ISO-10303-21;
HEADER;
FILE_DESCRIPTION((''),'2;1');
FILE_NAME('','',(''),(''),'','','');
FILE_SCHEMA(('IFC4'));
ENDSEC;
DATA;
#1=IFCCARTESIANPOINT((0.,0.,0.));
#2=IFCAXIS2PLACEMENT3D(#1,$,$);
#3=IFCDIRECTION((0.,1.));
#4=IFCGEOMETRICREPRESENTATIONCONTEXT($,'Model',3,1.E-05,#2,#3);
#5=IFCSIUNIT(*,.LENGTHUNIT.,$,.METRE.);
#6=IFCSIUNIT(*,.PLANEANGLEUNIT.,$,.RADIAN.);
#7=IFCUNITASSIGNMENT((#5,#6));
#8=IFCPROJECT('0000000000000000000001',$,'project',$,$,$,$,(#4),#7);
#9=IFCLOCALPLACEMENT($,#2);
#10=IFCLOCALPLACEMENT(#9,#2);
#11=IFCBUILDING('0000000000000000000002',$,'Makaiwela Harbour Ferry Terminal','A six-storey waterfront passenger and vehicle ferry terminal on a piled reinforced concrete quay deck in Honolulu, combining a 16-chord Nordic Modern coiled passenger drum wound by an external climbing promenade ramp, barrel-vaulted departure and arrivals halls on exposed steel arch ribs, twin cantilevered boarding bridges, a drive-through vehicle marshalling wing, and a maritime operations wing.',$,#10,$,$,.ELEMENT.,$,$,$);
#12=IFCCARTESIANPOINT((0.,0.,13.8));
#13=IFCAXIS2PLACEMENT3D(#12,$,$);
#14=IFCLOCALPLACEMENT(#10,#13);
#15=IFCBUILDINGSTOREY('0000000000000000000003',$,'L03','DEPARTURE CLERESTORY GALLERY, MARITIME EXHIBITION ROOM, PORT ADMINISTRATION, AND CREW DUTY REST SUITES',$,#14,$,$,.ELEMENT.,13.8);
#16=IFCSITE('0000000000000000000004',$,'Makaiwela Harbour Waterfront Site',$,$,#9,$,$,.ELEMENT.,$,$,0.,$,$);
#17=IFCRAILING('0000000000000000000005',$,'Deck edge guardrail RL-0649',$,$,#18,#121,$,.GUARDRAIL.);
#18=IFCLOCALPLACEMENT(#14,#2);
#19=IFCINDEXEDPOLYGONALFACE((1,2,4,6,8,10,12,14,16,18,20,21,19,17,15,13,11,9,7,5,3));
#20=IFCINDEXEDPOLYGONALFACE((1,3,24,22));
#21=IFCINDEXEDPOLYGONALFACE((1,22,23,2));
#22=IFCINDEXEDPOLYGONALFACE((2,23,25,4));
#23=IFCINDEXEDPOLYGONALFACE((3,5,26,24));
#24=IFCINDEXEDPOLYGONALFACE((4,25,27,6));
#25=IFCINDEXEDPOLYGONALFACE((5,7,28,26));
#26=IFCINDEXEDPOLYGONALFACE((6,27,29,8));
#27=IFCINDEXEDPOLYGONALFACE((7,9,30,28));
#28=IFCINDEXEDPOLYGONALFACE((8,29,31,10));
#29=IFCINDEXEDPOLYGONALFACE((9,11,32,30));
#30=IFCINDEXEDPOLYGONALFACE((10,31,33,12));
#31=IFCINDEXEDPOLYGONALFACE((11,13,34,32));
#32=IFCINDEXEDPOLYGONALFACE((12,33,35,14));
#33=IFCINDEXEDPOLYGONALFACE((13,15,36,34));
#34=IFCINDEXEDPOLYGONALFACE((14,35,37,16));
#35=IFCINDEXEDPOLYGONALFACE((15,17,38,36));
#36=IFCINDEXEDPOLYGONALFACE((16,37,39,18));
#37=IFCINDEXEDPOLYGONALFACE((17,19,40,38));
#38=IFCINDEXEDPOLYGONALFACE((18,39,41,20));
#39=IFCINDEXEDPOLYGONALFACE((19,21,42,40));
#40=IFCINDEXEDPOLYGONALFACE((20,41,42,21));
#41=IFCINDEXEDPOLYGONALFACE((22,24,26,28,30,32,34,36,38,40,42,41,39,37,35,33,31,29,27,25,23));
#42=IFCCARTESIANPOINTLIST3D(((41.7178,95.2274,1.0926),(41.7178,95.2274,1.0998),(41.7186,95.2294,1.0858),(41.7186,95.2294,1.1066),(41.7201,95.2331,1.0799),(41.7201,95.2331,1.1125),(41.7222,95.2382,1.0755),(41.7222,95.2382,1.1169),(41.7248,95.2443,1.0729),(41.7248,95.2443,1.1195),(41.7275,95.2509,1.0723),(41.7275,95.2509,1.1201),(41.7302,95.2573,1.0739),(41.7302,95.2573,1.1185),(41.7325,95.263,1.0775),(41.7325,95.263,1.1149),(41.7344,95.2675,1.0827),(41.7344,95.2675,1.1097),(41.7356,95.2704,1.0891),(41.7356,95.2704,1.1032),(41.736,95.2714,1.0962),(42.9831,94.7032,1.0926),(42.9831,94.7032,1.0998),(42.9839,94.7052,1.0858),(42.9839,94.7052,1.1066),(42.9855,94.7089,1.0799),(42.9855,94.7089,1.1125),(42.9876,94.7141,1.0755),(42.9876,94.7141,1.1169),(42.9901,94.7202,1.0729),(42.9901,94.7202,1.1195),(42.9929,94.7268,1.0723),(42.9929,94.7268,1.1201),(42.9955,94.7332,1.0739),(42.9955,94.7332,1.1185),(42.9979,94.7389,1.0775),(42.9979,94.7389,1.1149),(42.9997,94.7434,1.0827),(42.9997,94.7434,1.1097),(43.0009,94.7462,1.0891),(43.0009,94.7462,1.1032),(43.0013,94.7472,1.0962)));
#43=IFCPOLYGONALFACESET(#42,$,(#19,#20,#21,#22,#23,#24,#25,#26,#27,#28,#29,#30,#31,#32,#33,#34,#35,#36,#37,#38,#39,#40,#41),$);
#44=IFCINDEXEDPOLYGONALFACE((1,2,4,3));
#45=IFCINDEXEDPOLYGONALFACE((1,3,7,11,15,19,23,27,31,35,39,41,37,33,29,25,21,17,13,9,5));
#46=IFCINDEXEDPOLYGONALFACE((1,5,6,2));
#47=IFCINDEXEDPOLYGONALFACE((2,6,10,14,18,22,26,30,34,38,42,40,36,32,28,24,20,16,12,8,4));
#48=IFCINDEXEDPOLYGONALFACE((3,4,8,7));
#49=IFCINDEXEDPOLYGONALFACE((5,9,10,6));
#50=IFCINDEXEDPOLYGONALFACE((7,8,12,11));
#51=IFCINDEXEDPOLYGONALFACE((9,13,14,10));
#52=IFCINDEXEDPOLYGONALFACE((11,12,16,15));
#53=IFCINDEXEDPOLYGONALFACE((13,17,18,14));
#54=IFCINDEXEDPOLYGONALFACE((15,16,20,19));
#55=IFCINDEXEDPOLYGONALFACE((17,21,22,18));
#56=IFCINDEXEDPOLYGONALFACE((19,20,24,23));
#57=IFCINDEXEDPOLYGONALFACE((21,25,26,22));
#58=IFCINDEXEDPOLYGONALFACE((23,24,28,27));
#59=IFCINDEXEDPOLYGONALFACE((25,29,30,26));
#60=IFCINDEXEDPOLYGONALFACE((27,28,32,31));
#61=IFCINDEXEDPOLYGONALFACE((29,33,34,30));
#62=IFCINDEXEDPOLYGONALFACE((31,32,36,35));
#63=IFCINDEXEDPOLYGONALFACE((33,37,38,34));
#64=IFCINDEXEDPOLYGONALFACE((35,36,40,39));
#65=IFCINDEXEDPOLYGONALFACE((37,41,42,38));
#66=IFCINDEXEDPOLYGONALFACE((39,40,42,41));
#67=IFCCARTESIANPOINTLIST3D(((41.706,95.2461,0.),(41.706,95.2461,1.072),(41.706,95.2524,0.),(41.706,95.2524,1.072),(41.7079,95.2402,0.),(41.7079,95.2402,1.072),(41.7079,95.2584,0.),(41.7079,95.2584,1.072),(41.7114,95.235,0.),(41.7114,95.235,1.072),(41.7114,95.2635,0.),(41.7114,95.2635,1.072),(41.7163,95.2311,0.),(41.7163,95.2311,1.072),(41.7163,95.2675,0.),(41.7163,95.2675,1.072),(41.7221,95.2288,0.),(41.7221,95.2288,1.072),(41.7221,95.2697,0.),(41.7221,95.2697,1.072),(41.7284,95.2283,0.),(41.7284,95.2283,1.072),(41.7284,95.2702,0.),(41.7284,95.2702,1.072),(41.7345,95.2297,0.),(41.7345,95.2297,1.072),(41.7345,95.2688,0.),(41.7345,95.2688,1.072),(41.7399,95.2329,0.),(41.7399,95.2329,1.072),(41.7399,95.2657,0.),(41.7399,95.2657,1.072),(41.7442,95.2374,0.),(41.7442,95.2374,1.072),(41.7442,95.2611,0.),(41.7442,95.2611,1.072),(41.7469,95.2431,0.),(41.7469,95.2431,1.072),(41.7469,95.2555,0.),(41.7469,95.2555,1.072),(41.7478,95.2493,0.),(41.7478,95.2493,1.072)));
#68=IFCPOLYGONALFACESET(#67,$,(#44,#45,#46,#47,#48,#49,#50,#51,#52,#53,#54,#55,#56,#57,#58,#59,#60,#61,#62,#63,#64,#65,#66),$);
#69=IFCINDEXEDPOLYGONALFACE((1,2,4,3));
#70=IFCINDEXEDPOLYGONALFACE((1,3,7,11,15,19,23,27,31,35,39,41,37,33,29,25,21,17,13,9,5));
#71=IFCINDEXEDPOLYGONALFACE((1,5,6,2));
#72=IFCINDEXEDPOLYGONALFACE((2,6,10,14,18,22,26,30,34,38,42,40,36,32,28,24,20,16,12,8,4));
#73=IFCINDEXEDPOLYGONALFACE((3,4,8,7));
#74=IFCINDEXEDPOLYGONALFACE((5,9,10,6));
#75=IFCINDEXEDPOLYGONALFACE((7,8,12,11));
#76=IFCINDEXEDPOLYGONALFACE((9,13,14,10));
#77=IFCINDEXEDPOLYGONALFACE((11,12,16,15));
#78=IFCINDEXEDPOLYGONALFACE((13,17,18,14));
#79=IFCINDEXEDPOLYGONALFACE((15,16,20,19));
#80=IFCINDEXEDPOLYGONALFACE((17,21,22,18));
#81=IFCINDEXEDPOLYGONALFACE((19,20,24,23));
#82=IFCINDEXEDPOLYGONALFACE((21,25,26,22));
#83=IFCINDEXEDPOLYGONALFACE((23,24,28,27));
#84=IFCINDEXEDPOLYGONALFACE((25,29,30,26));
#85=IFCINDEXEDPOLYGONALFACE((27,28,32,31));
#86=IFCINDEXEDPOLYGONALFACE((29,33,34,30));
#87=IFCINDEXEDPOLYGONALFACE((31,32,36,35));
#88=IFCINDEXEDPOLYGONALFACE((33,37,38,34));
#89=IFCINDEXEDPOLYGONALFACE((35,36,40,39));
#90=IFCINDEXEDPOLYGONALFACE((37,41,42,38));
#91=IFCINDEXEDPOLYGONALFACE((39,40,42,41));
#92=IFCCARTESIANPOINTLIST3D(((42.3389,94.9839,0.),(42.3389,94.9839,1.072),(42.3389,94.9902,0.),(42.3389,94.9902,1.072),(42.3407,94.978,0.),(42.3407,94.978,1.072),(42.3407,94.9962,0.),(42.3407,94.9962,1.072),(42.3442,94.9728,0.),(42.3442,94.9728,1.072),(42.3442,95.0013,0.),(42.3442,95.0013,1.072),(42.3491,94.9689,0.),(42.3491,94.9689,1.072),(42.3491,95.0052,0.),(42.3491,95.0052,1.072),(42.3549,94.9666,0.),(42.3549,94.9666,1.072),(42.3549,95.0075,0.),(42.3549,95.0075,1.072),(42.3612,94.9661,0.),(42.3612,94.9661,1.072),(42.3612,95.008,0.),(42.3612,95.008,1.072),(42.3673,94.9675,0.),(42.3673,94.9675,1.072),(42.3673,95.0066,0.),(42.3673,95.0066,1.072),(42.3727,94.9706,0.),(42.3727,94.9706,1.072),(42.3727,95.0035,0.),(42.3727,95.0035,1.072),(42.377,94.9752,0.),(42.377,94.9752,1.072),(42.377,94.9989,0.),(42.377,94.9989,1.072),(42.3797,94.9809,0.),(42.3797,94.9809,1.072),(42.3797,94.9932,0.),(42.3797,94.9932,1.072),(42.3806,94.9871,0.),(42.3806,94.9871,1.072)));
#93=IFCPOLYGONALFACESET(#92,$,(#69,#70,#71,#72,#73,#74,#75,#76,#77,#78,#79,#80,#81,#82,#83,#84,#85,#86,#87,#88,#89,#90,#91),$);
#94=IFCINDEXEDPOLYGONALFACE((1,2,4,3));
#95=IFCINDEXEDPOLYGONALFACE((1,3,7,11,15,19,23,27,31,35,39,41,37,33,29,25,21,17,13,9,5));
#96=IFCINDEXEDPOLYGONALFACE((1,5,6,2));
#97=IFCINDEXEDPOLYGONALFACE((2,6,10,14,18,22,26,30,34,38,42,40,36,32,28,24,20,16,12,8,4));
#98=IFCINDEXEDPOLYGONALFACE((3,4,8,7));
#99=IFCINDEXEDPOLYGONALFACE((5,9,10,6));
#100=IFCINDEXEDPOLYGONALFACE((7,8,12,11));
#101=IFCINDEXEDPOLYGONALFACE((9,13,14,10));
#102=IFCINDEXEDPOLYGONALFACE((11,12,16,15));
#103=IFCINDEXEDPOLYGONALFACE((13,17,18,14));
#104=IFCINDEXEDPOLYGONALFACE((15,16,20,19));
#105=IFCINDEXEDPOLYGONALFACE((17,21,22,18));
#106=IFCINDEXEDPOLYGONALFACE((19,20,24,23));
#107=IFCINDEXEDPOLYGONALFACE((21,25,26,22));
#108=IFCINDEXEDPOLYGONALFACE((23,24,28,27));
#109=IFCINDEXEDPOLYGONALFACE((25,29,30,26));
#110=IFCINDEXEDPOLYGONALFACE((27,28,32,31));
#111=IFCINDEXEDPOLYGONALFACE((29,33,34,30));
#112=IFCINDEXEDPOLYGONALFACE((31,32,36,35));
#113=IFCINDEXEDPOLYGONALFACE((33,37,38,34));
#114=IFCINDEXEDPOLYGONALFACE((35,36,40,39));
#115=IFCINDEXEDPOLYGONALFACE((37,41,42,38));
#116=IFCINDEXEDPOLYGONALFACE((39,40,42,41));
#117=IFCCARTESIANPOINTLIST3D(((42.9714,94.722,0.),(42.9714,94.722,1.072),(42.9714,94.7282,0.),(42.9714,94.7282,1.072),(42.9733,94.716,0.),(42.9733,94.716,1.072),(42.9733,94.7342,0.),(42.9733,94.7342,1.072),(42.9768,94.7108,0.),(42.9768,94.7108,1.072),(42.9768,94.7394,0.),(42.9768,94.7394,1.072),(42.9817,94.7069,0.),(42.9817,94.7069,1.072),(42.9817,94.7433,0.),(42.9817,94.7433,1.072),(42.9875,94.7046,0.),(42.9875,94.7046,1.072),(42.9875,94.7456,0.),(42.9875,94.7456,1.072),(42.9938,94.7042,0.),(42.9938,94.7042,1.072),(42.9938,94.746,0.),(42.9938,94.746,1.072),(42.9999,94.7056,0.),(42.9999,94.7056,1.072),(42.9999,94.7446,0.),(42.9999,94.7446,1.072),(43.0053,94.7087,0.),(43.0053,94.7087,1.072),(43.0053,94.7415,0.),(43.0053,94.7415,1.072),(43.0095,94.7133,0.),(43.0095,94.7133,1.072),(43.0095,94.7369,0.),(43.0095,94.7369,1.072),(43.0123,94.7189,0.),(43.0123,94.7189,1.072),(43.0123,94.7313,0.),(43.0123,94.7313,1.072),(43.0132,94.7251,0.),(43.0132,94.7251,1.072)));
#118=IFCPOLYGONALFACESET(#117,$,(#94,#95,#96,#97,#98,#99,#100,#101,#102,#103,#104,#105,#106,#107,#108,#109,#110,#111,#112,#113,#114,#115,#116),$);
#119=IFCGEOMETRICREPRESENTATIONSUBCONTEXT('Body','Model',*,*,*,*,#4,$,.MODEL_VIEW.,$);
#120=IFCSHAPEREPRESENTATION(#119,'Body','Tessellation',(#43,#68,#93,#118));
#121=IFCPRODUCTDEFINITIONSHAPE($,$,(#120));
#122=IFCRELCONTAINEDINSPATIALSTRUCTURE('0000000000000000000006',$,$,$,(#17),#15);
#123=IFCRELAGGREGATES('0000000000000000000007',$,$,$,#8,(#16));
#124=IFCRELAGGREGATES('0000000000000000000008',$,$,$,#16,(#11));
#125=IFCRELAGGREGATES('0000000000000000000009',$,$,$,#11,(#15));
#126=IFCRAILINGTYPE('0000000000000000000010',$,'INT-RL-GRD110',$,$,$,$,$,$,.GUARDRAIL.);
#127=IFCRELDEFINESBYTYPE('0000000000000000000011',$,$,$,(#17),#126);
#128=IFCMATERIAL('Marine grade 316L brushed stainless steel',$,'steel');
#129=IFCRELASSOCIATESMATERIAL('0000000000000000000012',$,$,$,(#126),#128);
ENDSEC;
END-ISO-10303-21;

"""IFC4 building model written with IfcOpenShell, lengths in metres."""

from ifc_helpers import new_model, si_unit, direction, frame, origin, origin_2d, place, context, subcontext, project, spatial, circle, extrude, material, type_object, element, save


model = new_model("IFC4")

# Units and contexts
model_context = context("Model", 3, precision=1e-05, world=origin(), true_north=direction((0.0, 1.0)))
body_context = subcontext(model_context, "Body", "Model", "MODEL_VIEW")
ifc_project = project(units=[si_unit("LENGTHUNIT", "METRE"), si_unit("PLANEANGLEUNIT", "RADIAN")], contexts=[model_context])

# Site, building, storey
site_placement = place(None, origin())
site = spatial("IfcSite", under=ifc_project, at=site_placement, Name="Makaiwela Harbour Waterfront Site", CompositionType="ELEMENT", RefElevation=0.0)
building_placement = place(site_placement, origin())
building = spatial("IfcBuilding", under=site, at=building_placement, Name="Makaiwela Harbour Ferry Terminal", Description="A six-storey waterfront passenger and vehicle ferry terminal on a piled reinforced concrete quay deck in Honolulu, combining a 16-chord Nordic Modern coiled passenger drum wound by an external climbing promenade ramp, barrel-vaulted departure and arrivals halls on exposed steel arch ribs, twin cantilevered boarding bridges, a drive-through vehicle marshalling wing, and a maritime operations wing.", CompositionType="ELEMENT")
storey_placement = place(building_placement, frame((0.0, 0.0, 13.8)))
storey = spatial("IfcBuildingStorey", under=building, at=storey_placement, Name="L03", Description="DEPARTURE CLERESTORY GALLERY, MARITIME EXHIBITION ROOM, PORT ADMINISTRATION, AND CREW DUTY REST SUITES", CompositionType="ELEMENT", Elevation=13.8)

# Railing
ifc_material_1 = material(Name="Marine grade 316L brushed stainless steel", Category="steel")
railing_type_1 = type_object("IfcRailingType", Name="INT-RL-GRD110", PredefinedType="GUARDRAIL", material=ifc_material_1)
railing_1_placement = place(storey_placement, frame((41.7268, 95.2493, 0.0)))
element("IfcRailing", 1, at=railing_1_placement, inside=storey, type_object=railing_type_1, Name="Deck edge guardrail RL-0649", PredefinedType="GUARDRAIL", context=body_context, shape_type="SweptSolid", body=[
    extrude(circle(Radius=0.0239, at=origin_2d()), frame((0.0, 0.0, 1.0962), z_axis=(0.923871, -0.382703, 0.0), x_axis=(0.382703, 0.923871, 0.0)), (0.0, 0.0, 1.0), 1.3696),
    extrude(circle(Radius=0.021, at=origin_2d()), origin(), (0.0, 0.0, 1.0), 1.072),
    extrude(circle(Radius=0.021, at=origin_2d()), frame((0.6328, -0.2622, 0.0)), (0.0, 0.0, 1.0), 1.072),
    extrude(circle(Radius=0.021, at=origin_2d()), frame((1.2654, -0.5242, 0.0)), (0.0, 0.0, 1.0), 1.072),
])

save(model, "model.ifc")
